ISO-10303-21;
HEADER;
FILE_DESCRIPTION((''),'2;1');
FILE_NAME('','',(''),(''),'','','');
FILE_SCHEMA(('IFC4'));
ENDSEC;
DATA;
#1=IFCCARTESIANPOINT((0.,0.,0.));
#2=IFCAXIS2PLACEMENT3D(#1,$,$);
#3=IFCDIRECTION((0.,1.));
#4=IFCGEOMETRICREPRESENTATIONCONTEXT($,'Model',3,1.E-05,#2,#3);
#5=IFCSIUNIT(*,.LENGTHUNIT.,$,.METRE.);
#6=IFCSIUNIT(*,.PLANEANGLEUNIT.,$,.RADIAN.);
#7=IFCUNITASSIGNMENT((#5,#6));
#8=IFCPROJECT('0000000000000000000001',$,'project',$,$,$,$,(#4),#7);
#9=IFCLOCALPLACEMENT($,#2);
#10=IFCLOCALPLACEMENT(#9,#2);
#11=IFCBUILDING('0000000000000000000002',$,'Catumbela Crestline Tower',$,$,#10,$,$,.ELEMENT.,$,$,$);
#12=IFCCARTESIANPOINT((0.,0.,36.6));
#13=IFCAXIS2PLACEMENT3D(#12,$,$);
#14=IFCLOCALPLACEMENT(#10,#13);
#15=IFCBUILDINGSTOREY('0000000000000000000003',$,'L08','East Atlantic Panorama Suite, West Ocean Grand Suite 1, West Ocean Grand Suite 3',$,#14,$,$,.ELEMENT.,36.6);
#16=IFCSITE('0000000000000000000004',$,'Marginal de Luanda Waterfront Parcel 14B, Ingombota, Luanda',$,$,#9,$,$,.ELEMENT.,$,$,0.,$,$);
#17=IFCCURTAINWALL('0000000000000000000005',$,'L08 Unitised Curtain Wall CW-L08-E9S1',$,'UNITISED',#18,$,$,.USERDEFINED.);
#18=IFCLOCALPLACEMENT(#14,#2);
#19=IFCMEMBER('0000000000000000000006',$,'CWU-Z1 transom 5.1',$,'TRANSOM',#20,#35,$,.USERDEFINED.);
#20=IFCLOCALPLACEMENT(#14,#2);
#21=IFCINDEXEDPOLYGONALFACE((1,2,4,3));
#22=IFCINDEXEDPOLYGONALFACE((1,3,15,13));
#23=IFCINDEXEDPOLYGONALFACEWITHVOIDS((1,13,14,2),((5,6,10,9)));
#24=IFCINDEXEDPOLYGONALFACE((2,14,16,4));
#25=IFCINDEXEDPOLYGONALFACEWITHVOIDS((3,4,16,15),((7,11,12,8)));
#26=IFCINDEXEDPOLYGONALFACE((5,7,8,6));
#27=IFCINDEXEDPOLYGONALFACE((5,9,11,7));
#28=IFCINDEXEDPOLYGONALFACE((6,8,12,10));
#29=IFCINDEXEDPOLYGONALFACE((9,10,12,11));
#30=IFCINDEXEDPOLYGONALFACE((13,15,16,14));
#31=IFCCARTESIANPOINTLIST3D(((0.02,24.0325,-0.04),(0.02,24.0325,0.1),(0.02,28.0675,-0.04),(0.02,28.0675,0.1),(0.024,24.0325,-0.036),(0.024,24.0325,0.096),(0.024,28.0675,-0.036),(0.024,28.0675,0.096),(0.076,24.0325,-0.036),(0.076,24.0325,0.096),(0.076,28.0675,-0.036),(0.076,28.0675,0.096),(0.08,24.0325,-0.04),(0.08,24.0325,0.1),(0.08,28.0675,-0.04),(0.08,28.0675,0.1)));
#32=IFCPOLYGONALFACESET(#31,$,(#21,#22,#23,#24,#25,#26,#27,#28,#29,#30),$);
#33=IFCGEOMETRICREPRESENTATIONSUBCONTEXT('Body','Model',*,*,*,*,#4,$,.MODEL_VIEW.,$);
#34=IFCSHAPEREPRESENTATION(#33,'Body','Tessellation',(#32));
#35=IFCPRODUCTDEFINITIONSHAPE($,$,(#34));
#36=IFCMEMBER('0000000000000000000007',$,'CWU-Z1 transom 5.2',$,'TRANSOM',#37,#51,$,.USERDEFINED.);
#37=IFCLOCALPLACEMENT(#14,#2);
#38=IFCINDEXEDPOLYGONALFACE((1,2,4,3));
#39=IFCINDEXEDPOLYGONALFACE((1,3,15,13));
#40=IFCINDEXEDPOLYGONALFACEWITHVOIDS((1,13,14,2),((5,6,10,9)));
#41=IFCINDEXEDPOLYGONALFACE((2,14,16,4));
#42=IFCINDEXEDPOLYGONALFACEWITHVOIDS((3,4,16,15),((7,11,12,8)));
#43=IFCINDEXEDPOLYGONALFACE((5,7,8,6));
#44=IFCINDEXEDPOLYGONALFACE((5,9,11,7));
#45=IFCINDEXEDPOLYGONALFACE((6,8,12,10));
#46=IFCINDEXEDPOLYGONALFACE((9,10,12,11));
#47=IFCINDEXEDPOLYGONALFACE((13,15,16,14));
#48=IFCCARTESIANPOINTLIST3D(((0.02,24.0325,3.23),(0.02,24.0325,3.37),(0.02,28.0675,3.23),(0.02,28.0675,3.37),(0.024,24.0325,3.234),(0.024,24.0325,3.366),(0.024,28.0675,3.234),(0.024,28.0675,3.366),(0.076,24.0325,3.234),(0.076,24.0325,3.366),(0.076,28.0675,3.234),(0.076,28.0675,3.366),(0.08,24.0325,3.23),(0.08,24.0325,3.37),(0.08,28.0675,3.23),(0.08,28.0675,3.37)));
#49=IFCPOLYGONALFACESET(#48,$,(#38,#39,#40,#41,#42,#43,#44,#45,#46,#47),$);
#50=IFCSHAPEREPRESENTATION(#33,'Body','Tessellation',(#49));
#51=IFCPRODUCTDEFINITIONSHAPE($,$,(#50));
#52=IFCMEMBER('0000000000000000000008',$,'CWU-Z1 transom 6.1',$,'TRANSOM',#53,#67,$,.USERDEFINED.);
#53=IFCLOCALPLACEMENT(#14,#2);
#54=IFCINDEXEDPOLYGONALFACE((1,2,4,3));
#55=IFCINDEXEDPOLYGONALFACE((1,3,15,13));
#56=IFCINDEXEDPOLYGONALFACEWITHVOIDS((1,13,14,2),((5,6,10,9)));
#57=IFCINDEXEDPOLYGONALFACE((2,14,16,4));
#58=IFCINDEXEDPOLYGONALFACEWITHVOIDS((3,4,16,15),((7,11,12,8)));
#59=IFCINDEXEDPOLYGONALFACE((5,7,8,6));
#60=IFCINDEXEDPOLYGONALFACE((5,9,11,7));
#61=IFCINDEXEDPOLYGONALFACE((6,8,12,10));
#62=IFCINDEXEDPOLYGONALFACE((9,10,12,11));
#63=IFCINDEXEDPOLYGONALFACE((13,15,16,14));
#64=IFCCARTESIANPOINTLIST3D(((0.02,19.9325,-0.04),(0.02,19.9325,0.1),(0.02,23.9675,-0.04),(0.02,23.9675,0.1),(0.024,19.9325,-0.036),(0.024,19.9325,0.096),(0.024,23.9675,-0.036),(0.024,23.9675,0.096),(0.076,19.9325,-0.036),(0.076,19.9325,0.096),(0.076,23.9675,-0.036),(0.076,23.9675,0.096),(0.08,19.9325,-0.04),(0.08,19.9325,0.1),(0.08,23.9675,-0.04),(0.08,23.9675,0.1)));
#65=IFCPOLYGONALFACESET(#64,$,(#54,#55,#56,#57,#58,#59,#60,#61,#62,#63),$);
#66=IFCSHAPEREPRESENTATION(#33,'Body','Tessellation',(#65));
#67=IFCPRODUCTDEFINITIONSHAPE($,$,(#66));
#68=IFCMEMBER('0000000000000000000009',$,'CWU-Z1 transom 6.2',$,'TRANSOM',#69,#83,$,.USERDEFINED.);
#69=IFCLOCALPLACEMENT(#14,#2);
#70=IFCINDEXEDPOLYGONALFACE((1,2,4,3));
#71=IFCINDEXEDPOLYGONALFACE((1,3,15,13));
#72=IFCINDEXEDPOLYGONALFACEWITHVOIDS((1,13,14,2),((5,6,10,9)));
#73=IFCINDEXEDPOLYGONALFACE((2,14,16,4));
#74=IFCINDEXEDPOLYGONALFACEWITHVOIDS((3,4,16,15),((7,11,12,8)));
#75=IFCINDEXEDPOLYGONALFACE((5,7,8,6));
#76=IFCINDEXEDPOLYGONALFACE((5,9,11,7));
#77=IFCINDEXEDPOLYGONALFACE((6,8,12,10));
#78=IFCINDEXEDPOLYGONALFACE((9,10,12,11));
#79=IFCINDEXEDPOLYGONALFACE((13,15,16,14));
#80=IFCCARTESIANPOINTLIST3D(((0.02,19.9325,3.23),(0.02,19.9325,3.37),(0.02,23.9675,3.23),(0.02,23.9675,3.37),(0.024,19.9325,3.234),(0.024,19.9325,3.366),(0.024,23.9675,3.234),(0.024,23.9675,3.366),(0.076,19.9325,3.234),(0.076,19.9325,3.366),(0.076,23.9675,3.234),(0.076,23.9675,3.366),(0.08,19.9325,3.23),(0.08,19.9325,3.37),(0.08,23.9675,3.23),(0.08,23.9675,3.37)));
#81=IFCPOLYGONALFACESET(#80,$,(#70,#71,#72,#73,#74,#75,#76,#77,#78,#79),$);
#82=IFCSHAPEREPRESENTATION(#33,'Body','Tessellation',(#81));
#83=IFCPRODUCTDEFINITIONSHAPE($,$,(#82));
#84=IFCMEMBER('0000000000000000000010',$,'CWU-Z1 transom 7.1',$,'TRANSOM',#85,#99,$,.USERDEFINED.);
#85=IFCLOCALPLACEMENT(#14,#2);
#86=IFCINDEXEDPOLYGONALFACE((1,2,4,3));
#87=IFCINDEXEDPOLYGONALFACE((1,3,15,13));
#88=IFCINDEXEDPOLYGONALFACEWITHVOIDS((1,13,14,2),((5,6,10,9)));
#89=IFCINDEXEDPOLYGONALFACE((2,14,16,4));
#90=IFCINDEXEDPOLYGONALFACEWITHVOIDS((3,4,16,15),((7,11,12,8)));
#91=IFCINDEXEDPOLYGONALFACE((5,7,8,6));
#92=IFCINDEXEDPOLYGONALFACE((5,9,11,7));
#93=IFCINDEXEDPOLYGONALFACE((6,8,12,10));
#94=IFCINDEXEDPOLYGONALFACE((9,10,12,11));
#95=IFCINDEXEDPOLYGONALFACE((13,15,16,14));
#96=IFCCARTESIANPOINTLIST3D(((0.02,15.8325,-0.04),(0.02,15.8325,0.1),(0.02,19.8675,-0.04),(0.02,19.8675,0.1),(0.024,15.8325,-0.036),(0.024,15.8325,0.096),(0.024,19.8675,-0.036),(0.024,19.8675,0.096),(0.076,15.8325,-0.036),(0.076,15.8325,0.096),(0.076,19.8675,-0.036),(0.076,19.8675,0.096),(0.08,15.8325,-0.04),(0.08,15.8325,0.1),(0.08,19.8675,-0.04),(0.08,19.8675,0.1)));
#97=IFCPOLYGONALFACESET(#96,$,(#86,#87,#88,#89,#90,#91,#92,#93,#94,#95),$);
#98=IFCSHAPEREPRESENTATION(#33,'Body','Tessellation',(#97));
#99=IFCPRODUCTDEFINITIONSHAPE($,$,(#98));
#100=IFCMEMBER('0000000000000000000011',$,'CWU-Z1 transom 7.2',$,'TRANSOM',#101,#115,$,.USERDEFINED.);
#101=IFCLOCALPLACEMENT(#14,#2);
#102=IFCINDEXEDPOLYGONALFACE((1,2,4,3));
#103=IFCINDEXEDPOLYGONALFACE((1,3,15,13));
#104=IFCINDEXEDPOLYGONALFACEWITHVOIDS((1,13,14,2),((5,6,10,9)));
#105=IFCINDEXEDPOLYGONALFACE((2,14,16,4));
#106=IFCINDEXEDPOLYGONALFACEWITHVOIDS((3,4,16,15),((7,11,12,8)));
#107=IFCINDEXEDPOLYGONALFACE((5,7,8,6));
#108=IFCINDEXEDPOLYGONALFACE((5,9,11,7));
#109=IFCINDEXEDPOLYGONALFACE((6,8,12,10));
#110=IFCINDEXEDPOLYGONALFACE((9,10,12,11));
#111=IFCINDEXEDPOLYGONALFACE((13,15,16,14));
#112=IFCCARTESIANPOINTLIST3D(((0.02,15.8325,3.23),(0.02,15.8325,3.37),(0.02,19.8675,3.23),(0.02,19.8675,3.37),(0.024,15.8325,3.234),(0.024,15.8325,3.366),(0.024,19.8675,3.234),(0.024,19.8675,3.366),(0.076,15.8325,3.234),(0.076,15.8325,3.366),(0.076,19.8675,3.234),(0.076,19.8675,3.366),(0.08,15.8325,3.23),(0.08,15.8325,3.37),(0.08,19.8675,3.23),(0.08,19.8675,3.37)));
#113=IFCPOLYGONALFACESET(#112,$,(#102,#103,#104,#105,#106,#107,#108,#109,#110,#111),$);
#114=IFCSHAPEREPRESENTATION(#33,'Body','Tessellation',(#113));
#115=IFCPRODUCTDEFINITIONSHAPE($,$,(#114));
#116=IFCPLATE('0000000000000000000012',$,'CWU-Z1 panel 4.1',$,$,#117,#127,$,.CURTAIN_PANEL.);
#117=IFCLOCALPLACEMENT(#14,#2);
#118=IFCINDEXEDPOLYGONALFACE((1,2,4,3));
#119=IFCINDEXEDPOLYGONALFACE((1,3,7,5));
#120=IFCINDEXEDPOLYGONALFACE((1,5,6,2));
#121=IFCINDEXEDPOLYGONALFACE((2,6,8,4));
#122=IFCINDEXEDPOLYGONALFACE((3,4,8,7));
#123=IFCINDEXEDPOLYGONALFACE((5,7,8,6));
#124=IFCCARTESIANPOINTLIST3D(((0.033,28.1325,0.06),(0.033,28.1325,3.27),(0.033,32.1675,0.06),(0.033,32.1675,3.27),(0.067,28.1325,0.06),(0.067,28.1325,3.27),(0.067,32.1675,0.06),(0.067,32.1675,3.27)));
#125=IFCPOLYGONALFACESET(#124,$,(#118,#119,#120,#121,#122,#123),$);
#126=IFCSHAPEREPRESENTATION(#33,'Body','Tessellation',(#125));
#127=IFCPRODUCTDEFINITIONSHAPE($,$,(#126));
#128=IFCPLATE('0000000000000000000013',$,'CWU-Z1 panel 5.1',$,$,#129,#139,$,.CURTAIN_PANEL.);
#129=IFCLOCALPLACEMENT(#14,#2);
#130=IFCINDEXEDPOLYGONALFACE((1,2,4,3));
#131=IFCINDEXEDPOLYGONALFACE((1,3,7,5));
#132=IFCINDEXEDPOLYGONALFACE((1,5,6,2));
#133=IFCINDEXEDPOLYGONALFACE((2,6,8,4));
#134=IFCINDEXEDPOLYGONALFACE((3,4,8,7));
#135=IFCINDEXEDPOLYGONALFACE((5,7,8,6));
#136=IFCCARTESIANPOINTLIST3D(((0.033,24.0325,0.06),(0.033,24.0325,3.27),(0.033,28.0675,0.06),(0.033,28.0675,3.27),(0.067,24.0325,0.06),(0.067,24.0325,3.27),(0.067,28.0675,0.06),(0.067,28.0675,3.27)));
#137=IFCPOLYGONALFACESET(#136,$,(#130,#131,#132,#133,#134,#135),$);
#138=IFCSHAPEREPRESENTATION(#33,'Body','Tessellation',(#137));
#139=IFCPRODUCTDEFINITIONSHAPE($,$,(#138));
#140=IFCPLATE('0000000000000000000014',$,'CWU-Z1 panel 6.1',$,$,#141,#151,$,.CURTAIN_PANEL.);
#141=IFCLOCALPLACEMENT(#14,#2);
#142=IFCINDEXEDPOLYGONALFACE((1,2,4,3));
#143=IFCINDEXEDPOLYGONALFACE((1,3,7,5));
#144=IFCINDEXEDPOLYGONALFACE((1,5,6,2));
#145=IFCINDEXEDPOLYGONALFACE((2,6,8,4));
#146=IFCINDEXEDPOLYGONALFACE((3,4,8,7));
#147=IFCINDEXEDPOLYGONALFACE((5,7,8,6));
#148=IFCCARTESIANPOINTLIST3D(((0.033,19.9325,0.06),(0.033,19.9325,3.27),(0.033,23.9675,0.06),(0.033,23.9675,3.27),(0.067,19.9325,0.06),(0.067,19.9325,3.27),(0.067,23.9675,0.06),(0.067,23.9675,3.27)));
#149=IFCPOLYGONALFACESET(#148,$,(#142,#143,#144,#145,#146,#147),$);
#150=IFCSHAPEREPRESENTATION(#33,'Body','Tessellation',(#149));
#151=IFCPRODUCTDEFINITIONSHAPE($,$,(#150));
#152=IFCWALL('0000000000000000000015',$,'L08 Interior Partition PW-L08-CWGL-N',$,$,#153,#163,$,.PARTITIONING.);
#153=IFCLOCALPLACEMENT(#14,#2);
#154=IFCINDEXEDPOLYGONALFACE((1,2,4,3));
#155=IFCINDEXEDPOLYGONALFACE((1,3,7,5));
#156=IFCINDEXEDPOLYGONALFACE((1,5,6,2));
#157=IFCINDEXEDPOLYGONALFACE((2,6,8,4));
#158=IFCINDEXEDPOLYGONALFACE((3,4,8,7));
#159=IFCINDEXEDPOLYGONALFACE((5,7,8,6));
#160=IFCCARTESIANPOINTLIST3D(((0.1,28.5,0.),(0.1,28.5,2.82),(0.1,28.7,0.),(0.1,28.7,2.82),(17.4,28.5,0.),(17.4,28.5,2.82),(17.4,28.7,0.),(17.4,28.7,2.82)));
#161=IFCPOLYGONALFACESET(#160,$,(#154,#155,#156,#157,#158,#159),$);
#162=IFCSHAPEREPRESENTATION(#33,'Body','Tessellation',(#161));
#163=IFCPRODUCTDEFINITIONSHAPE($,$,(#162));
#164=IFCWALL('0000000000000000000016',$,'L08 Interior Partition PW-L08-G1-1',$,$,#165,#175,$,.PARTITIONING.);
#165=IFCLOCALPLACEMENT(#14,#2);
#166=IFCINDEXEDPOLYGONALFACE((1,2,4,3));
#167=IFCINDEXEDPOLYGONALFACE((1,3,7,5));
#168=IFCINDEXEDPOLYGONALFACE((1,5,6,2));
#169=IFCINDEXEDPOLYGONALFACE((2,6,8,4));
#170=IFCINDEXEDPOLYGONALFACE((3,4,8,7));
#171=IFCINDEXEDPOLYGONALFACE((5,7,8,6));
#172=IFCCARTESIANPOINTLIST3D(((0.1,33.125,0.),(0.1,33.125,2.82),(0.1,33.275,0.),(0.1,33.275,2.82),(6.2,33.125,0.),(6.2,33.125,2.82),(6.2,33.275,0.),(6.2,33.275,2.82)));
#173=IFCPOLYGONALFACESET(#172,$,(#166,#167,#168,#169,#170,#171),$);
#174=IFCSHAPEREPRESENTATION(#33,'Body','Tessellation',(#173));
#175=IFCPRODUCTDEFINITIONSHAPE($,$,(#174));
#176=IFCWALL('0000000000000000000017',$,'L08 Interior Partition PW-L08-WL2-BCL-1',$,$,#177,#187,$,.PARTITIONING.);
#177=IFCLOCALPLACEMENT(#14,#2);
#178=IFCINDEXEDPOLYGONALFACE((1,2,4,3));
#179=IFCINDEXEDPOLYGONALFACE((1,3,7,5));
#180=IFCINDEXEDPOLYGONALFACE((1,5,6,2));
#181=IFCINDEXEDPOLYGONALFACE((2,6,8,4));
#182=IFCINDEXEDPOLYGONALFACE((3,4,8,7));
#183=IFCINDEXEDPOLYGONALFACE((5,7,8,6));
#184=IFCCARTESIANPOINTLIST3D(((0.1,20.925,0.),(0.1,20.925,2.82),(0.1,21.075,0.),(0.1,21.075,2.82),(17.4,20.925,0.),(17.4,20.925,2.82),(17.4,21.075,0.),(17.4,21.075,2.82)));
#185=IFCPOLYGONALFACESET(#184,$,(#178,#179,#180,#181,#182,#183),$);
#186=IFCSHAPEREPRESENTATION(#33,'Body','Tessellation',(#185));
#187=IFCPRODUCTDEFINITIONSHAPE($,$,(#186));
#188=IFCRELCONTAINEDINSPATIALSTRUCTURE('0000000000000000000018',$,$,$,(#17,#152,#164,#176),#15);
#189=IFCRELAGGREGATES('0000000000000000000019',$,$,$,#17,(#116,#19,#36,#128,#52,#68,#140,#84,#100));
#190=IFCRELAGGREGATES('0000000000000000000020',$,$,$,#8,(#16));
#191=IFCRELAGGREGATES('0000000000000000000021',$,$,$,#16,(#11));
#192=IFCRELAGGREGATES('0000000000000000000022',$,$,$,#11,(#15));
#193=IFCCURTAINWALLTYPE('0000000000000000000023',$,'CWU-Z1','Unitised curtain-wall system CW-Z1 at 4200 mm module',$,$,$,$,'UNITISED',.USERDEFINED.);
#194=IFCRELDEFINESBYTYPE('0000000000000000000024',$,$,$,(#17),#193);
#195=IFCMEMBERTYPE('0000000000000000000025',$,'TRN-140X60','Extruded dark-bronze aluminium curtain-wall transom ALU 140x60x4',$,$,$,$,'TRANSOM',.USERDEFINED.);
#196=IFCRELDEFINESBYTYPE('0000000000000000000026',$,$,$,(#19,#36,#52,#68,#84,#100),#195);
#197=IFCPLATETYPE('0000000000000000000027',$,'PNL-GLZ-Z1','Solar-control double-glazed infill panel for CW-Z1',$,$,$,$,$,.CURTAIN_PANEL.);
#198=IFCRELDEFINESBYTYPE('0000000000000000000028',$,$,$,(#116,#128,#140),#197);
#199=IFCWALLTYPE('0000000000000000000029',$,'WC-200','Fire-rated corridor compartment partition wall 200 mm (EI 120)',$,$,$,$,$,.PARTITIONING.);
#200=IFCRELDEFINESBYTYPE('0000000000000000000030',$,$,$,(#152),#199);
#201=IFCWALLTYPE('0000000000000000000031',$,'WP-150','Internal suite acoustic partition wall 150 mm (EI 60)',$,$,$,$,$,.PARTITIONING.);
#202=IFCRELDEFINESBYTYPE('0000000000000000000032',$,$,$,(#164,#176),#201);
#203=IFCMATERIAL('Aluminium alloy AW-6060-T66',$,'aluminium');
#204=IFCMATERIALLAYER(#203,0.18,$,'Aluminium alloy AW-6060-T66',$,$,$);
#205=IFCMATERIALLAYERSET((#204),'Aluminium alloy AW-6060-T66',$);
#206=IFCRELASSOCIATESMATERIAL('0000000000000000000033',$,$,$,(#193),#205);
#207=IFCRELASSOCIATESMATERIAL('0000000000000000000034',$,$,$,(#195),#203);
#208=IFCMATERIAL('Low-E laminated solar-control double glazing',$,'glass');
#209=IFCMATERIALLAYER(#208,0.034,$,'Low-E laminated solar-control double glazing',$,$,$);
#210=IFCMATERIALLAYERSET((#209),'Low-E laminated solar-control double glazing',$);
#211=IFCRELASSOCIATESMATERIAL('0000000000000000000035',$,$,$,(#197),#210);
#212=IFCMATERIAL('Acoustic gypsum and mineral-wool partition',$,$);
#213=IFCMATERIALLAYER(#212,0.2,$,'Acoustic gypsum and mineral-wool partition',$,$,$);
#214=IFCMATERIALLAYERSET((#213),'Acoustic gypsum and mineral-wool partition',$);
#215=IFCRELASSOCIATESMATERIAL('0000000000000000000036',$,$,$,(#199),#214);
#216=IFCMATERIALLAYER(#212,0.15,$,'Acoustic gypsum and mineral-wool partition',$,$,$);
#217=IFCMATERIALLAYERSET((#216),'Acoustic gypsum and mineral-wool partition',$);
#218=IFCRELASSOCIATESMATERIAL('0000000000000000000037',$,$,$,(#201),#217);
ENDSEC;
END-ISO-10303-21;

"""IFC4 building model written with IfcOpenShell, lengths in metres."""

from ifc_helpers import new_model, si_unit, direction, frame, frame_2d, origin, origin_2d, place, context, subcontext, project, spatial, rectangle, hollow_rectangle, extrude, material, layer, layer_set, material_profile, profile_set, type_object, element, aggregate, save


model = new_model("IFC4")

# Units and contexts
model_context = context("Model", 3, precision=1e-05, world=origin(), true_north=direction((0.0, 1.0)))
body_context = subcontext(model_context, "Body", "Model", "MODEL_VIEW")
ifc_project = project(units=[si_unit("LENGTHUNIT", "METRE"), si_unit("PLANEANGLEUNIT", "RADIAN")], contexts=[model_context])

# Site, building, storey
site_placement = place(None, origin())
site = spatial("IfcSite", under=ifc_project, at=site_placement, Name="Marginal de Luanda Waterfront Parcel 14B, Ingombota, Luanda", CompositionType="ELEMENT", RefElevation=0.0)
building_placement = place(site_placement, origin())
building = spatial("IfcBuilding", under=site, at=building_placement, Name="Catumbela Crestline Tower", CompositionType="ELEMENT")
storey_placement = place(building_placement, frame((0.0, 0.0, 36.6)))
storey = spatial("IfcBuildingStorey", under=building, at=storey_placement, Name="L08", Description="East Atlantic Panorama Suite, West Ocean Grand Suite 1, West Ocean Grand Suite 3", CompositionType="ELEMENT", Elevation=36.6)

# Curtain wall
ifc_material_1 = material(Name="Aluminium alloy AW-6060-T66", Category="aluminium")
ifc_layer_1 = layer(ifc_material_1, 0.18, Name="Aluminium alloy AW-6060-T66")
ifc_layer_set_1 = layer_set([ifc_layer_1], Name="Aluminium alloy AW-6060-T66")
curtain_wall_type = type_object("IfcCurtainWallType", Name="CWU-Z1", Description="Unitised curtain-wall system CW-Z1 at 4200 mm module", ElementType="UNITISED", PredefinedType="USERDEFINED", material=ifc_layer_set_1)
curtain_wall_placement = place(storey_placement, origin())
curtain_wall = element("IfcCurtainWall", 1, at=curtain_wall_placement, inside=storey, type_object=curtain_wall_type, Name="L08 Unitised Curtain Wall CW-L08-E9S1", ObjectType="UNITISED", PredefinedType="USERDEFINED")

# Members
ifc_material_profile_1 = material_profile(ifc_material_1, hollow_rectangle(XDim=0.06, YDim=0.14, WallThickness=0.004, at=origin_2d()), Name="ALU 140x60x4")
ifc_profile_set_1 = profile_set([ifc_material_profile_1], Name="Aluminium alloy AW-6060-T66")
member_type_1 = type_object("IfcMemberType", Name="TRN-140X60", Description="Extruded dark-bronze aluminium curtain-wall transom ALU 140x60x4", ElementType="TRANSOM", PredefinedType="USERDEFINED", material=ifc_profile_set_1)
member_1_placement = place(storey_placement, frame((0.05, 28.0675, 0.03), z_axis=(0.0, -1.0, 0.0), x_axis=(1.0, 0.0, 0.0)))
member_1 = element("IfcMember", 2, at=member_1_placement, type_object=member_type_1, Name="CWU-Z1 transom 5.1", ObjectType="TRANSOM", PredefinedType="USERDEFINED", context=body_context, shape_type="SweptSolid", body=[
    extrude(hollow_rectangle(XDim=0.06, YDim=0.14, WallThickness=0.004, at=origin_2d()), origin(), (0.0, 0.0, 1.0), 4.035),
])
member_2_placement = place(storey_placement, frame((0.05, 28.0675, 3.3), z_axis=(0.0, -1.0, 0.0), x_axis=(1.0, 0.0, 0.0)))
member_2 = element("IfcMember", 3, at=member_2_placement, type_object=member_type_1, Name="CWU-Z1 transom 5.2", ObjectType="TRANSOM", PredefinedType="USERDEFINED", context=body_context, shape_type="SweptSolid", body=[
    extrude(hollow_rectangle(XDim=0.06, YDim=0.14, WallThickness=0.004, at=origin_2d()), origin(), (0.0, 0.0, 1.0), 4.035),
])
member_3_placement = place(storey_placement, frame((0.05, 23.9675, 0.03), z_axis=(0.0, -1.0, 0.0), x_axis=(1.0, 0.0, 0.0)))
member_3 = element("IfcMember", 4, at=member_3_placement, type_object=member_type_1, Name="CWU-Z1 transom 6.1", ObjectType="TRANSOM", PredefinedType="USERDEFINED", context=body_context, shape_type="SweptSolid", body=[
    extrude(hollow_rectangle(XDim=0.06, YDim=0.14, WallThickness=0.004, at=origin_2d()), origin(), (0.0, 0.0, 1.0), 4.035),
])
member_4_placement = place(storey_placement, frame((0.05, 23.9675, 3.3), z_axis=(0.0, -1.0, 0.0), x_axis=(1.0, 0.0, 0.0)))
member_4 = element("IfcMember", 5, at=member_4_placement, type_object=member_type_1, Name="CWU-Z1 transom 6.2", ObjectType="TRANSOM", PredefinedType="USERDEFINED", context=body_context, shape_type="SweptSolid", body=[
    extrude(hollow_rectangle(XDim=0.06, YDim=0.14, WallThickness=0.004, at=origin_2d()), origin(), (0.0, 0.0, 1.0), 4.035),
])
member_5_placement = place(storey_placement, frame((0.05, 19.8675, 0.03), z_axis=(0.0, -1.0, 0.0), x_axis=(1.0, 0.0, 0.0)))
member_5 = element("IfcMember", 6, at=member_5_placement, type_object=member_type_1, Name="CWU-Z1 transom 7.1", ObjectType="TRANSOM", PredefinedType="USERDEFINED", context=body_context, shape_type="SweptSolid", body=[
    extrude(hollow_rectangle(XDim=0.06, YDim=0.14, WallThickness=0.004, at=origin_2d()), origin(), (0.0, 0.0, 1.0), 4.035),
])
member_6_placement = place(storey_placement, frame((0.05, 19.8675, 3.3), z_axis=(0.0, -1.0, 0.0), x_axis=(1.0, 0.0, 0.0)))
member_6 = element("IfcMember", 7, at=member_6_placement, type_object=member_type_1, Name="CWU-Z1 transom 7.2", ObjectType="TRANSOM", PredefinedType="USERDEFINED", context=body_context, shape_type="SweptSolid", body=[
    extrude(hollow_rectangle(XDim=0.06, YDim=0.14, WallThickness=0.004, at=origin_2d()), origin(), (0.0, 0.0, 1.0), 4.035),
])

# Plates
ifc_material_2 = material(Name="Low-E laminated solar-control double glazing", Category="glass")
ifc_layer_2 = layer(ifc_material_2, 0.034, Name="Low-E laminated solar-control double glazing")
ifc_layer_set_2 = layer_set([ifc_layer_2], Name="Low-E laminated solar-control double glazing")
plate_type = type_object("IfcPlateType", Name="PNL-GLZ-Z1", Description="Solar-control double-glazed infill panel for CW-Z1", PredefinedType="CURTAIN_PANEL", material=ifc_layer_set_2)
plate_1_placement = place(storey_placement, frame((0.05, 30.15, 0.06), z_axis=(0.0, 0.0, 1.0), x_axis=(0.0, -1.0, 0.0)))
plate_1 = element("IfcPlate", 8, at=plate_1_placement, type_object=plate_type, Name="CWU-Z1 panel 4.1", PredefinedType="CURTAIN_PANEL", context=body_context, shape_type="SweptSolid", body=[
    extrude(rectangle(XDim=4.035, YDim=0.034, at=origin_2d()), origin(), (0.0, 0.0, 1.0), 3.21),
])
plate_2_placement = place(storey_placement, frame((0.05, 26.05, 0.06), z_axis=(0.0, 0.0, 1.0), x_axis=(0.0, -1.0, 0.0)))
plate_2 = element("IfcPlate", 9, at=plate_2_placement, type_object=plate_type, Name="CWU-Z1 panel 5.1", PredefinedType="CURTAIN_PANEL", context=body_context, shape_type="SweptSolid", body=[
    extrude(rectangle(XDim=4.035, YDim=0.034, at=origin_2d()), origin(), (0.0, 0.0, 1.0), 3.21),
])
plate_3_placement = place(storey_placement, frame((0.05, 21.95, 0.06), z_axis=(0.0, 0.0, 1.0), x_axis=(0.0, -1.0, 0.0)))
plate_3 = element("IfcPlate", 10, at=plate_3_placement, type_object=plate_type, Name="CWU-Z1 panel 6.1", PredefinedType="CURTAIN_PANEL", context=body_context, shape_type="SweptSolid", body=[
    extrude(rectangle(XDim=4.035, YDim=0.034, at=origin_2d()), origin(), (0.0, 0.0, 1.0), 3.21),
])
aggregate(curtain_wall, [plate_1, member_1, member_2, plate_2, member_3, member_4, plate_3, member_5, member_6])

# Walls
ifc_material_3 = material(Name="Acoustic gypsum and mineral-wool partition")
ifc_layer_3 = layer(ifc_material_3, 0.2, Name="Acoustic gypsum and mineral-wool partition")
ifc_layer_set_3 = layer_set([ifc_layer_3], Name="Acoustic gypsum and mineral-wool partition")
wall_type_1 = type_object("IfcWallType", Name="WC-200", Description="Fire-rated corridor compartment partition wall 200 mm (EI 120)", PredefinedType="PARTITIONING", material=ifc_layer_set_3)
wall_1_placement = place(storey_placement, frame((0.1, 28.6, 0.0), z_axis=(0.0, 0.0, 1.0), x_axis=(1.0, 0.0, 0.0)))
element("IfcWall", 11, at=wall_1_placement, inside=storey, type_object=wall_type_1, Name="L08 Interior Partition PW-L08-CWGL-N", PredefinedType="PARTITIONING", context=body_context, shape_type="SweptSolid", body=[
    extrude(rectangle(XDim=17.3, YDim=0.2, at=frame_2d((8.65, 0.0))), origin(), (0.0, 0.0, 1.0), 2.82),
])
ifc_layer_4 = layer(ifc_material_3, 0.15, Name="Acoustic gypsum and mineral-wool partition")
ifc_layer_set_4 = layer_set([ifc_layer_4], Name="Acoustic gypsum and mineral-wool partition")
wall_type_2 = type_object("IfcWallType", Name="WP-150", Description="Internal suite acoustic partition wall 150 mm (EI 60)", PredefinedType="PARTITIONING", material=ifc_layer_set_4)
wall_2_placement = place(storey_placement, frame((0.1, 33.2, 0.0), z_axis=(0.0, 0.0, 1.0), x_axis=(1.0, 0.0, 0.0)))
element("IfcWall", 12, at=wall_2_placement, inside=storey, type_object=wall_type_2, Name="L08 Interior Partition PW-L08-G1-1", PredefinedType="PARTITIONING", context=body_context, shape_type="SweptSolid", body=[
    extrude(rectangle(XDim=6.1, YDim=0.15, at=frame_2d((3.05, 0.0))), origin(), (0.0, 0.0, 1.0), 2.82),
])
wall_3_placement = place(storey_placement, frame((0.1, 21.0, 0.0), z_axis=(0.0, 0.0, 1.0), x_axis=(1.0, 0.0, 0.0)))
element("IfcWall", 13, at=wall_3_placement, inside=storey, type_object=wall_type_2, Name="L08 Interior Partition PW-L08-WL2-BCL-1", PredefinedType="PARTITIONING", context=body_context, shape_type="SweptSolid", body=[
    extrude(rectangle(XDim=17.3, YDim=0.15, at=frame_2d((8.65, 0.0))), origin(), (0.0, 0.0, 1.0), 2.82),
])

save(model, "model.ifc")
